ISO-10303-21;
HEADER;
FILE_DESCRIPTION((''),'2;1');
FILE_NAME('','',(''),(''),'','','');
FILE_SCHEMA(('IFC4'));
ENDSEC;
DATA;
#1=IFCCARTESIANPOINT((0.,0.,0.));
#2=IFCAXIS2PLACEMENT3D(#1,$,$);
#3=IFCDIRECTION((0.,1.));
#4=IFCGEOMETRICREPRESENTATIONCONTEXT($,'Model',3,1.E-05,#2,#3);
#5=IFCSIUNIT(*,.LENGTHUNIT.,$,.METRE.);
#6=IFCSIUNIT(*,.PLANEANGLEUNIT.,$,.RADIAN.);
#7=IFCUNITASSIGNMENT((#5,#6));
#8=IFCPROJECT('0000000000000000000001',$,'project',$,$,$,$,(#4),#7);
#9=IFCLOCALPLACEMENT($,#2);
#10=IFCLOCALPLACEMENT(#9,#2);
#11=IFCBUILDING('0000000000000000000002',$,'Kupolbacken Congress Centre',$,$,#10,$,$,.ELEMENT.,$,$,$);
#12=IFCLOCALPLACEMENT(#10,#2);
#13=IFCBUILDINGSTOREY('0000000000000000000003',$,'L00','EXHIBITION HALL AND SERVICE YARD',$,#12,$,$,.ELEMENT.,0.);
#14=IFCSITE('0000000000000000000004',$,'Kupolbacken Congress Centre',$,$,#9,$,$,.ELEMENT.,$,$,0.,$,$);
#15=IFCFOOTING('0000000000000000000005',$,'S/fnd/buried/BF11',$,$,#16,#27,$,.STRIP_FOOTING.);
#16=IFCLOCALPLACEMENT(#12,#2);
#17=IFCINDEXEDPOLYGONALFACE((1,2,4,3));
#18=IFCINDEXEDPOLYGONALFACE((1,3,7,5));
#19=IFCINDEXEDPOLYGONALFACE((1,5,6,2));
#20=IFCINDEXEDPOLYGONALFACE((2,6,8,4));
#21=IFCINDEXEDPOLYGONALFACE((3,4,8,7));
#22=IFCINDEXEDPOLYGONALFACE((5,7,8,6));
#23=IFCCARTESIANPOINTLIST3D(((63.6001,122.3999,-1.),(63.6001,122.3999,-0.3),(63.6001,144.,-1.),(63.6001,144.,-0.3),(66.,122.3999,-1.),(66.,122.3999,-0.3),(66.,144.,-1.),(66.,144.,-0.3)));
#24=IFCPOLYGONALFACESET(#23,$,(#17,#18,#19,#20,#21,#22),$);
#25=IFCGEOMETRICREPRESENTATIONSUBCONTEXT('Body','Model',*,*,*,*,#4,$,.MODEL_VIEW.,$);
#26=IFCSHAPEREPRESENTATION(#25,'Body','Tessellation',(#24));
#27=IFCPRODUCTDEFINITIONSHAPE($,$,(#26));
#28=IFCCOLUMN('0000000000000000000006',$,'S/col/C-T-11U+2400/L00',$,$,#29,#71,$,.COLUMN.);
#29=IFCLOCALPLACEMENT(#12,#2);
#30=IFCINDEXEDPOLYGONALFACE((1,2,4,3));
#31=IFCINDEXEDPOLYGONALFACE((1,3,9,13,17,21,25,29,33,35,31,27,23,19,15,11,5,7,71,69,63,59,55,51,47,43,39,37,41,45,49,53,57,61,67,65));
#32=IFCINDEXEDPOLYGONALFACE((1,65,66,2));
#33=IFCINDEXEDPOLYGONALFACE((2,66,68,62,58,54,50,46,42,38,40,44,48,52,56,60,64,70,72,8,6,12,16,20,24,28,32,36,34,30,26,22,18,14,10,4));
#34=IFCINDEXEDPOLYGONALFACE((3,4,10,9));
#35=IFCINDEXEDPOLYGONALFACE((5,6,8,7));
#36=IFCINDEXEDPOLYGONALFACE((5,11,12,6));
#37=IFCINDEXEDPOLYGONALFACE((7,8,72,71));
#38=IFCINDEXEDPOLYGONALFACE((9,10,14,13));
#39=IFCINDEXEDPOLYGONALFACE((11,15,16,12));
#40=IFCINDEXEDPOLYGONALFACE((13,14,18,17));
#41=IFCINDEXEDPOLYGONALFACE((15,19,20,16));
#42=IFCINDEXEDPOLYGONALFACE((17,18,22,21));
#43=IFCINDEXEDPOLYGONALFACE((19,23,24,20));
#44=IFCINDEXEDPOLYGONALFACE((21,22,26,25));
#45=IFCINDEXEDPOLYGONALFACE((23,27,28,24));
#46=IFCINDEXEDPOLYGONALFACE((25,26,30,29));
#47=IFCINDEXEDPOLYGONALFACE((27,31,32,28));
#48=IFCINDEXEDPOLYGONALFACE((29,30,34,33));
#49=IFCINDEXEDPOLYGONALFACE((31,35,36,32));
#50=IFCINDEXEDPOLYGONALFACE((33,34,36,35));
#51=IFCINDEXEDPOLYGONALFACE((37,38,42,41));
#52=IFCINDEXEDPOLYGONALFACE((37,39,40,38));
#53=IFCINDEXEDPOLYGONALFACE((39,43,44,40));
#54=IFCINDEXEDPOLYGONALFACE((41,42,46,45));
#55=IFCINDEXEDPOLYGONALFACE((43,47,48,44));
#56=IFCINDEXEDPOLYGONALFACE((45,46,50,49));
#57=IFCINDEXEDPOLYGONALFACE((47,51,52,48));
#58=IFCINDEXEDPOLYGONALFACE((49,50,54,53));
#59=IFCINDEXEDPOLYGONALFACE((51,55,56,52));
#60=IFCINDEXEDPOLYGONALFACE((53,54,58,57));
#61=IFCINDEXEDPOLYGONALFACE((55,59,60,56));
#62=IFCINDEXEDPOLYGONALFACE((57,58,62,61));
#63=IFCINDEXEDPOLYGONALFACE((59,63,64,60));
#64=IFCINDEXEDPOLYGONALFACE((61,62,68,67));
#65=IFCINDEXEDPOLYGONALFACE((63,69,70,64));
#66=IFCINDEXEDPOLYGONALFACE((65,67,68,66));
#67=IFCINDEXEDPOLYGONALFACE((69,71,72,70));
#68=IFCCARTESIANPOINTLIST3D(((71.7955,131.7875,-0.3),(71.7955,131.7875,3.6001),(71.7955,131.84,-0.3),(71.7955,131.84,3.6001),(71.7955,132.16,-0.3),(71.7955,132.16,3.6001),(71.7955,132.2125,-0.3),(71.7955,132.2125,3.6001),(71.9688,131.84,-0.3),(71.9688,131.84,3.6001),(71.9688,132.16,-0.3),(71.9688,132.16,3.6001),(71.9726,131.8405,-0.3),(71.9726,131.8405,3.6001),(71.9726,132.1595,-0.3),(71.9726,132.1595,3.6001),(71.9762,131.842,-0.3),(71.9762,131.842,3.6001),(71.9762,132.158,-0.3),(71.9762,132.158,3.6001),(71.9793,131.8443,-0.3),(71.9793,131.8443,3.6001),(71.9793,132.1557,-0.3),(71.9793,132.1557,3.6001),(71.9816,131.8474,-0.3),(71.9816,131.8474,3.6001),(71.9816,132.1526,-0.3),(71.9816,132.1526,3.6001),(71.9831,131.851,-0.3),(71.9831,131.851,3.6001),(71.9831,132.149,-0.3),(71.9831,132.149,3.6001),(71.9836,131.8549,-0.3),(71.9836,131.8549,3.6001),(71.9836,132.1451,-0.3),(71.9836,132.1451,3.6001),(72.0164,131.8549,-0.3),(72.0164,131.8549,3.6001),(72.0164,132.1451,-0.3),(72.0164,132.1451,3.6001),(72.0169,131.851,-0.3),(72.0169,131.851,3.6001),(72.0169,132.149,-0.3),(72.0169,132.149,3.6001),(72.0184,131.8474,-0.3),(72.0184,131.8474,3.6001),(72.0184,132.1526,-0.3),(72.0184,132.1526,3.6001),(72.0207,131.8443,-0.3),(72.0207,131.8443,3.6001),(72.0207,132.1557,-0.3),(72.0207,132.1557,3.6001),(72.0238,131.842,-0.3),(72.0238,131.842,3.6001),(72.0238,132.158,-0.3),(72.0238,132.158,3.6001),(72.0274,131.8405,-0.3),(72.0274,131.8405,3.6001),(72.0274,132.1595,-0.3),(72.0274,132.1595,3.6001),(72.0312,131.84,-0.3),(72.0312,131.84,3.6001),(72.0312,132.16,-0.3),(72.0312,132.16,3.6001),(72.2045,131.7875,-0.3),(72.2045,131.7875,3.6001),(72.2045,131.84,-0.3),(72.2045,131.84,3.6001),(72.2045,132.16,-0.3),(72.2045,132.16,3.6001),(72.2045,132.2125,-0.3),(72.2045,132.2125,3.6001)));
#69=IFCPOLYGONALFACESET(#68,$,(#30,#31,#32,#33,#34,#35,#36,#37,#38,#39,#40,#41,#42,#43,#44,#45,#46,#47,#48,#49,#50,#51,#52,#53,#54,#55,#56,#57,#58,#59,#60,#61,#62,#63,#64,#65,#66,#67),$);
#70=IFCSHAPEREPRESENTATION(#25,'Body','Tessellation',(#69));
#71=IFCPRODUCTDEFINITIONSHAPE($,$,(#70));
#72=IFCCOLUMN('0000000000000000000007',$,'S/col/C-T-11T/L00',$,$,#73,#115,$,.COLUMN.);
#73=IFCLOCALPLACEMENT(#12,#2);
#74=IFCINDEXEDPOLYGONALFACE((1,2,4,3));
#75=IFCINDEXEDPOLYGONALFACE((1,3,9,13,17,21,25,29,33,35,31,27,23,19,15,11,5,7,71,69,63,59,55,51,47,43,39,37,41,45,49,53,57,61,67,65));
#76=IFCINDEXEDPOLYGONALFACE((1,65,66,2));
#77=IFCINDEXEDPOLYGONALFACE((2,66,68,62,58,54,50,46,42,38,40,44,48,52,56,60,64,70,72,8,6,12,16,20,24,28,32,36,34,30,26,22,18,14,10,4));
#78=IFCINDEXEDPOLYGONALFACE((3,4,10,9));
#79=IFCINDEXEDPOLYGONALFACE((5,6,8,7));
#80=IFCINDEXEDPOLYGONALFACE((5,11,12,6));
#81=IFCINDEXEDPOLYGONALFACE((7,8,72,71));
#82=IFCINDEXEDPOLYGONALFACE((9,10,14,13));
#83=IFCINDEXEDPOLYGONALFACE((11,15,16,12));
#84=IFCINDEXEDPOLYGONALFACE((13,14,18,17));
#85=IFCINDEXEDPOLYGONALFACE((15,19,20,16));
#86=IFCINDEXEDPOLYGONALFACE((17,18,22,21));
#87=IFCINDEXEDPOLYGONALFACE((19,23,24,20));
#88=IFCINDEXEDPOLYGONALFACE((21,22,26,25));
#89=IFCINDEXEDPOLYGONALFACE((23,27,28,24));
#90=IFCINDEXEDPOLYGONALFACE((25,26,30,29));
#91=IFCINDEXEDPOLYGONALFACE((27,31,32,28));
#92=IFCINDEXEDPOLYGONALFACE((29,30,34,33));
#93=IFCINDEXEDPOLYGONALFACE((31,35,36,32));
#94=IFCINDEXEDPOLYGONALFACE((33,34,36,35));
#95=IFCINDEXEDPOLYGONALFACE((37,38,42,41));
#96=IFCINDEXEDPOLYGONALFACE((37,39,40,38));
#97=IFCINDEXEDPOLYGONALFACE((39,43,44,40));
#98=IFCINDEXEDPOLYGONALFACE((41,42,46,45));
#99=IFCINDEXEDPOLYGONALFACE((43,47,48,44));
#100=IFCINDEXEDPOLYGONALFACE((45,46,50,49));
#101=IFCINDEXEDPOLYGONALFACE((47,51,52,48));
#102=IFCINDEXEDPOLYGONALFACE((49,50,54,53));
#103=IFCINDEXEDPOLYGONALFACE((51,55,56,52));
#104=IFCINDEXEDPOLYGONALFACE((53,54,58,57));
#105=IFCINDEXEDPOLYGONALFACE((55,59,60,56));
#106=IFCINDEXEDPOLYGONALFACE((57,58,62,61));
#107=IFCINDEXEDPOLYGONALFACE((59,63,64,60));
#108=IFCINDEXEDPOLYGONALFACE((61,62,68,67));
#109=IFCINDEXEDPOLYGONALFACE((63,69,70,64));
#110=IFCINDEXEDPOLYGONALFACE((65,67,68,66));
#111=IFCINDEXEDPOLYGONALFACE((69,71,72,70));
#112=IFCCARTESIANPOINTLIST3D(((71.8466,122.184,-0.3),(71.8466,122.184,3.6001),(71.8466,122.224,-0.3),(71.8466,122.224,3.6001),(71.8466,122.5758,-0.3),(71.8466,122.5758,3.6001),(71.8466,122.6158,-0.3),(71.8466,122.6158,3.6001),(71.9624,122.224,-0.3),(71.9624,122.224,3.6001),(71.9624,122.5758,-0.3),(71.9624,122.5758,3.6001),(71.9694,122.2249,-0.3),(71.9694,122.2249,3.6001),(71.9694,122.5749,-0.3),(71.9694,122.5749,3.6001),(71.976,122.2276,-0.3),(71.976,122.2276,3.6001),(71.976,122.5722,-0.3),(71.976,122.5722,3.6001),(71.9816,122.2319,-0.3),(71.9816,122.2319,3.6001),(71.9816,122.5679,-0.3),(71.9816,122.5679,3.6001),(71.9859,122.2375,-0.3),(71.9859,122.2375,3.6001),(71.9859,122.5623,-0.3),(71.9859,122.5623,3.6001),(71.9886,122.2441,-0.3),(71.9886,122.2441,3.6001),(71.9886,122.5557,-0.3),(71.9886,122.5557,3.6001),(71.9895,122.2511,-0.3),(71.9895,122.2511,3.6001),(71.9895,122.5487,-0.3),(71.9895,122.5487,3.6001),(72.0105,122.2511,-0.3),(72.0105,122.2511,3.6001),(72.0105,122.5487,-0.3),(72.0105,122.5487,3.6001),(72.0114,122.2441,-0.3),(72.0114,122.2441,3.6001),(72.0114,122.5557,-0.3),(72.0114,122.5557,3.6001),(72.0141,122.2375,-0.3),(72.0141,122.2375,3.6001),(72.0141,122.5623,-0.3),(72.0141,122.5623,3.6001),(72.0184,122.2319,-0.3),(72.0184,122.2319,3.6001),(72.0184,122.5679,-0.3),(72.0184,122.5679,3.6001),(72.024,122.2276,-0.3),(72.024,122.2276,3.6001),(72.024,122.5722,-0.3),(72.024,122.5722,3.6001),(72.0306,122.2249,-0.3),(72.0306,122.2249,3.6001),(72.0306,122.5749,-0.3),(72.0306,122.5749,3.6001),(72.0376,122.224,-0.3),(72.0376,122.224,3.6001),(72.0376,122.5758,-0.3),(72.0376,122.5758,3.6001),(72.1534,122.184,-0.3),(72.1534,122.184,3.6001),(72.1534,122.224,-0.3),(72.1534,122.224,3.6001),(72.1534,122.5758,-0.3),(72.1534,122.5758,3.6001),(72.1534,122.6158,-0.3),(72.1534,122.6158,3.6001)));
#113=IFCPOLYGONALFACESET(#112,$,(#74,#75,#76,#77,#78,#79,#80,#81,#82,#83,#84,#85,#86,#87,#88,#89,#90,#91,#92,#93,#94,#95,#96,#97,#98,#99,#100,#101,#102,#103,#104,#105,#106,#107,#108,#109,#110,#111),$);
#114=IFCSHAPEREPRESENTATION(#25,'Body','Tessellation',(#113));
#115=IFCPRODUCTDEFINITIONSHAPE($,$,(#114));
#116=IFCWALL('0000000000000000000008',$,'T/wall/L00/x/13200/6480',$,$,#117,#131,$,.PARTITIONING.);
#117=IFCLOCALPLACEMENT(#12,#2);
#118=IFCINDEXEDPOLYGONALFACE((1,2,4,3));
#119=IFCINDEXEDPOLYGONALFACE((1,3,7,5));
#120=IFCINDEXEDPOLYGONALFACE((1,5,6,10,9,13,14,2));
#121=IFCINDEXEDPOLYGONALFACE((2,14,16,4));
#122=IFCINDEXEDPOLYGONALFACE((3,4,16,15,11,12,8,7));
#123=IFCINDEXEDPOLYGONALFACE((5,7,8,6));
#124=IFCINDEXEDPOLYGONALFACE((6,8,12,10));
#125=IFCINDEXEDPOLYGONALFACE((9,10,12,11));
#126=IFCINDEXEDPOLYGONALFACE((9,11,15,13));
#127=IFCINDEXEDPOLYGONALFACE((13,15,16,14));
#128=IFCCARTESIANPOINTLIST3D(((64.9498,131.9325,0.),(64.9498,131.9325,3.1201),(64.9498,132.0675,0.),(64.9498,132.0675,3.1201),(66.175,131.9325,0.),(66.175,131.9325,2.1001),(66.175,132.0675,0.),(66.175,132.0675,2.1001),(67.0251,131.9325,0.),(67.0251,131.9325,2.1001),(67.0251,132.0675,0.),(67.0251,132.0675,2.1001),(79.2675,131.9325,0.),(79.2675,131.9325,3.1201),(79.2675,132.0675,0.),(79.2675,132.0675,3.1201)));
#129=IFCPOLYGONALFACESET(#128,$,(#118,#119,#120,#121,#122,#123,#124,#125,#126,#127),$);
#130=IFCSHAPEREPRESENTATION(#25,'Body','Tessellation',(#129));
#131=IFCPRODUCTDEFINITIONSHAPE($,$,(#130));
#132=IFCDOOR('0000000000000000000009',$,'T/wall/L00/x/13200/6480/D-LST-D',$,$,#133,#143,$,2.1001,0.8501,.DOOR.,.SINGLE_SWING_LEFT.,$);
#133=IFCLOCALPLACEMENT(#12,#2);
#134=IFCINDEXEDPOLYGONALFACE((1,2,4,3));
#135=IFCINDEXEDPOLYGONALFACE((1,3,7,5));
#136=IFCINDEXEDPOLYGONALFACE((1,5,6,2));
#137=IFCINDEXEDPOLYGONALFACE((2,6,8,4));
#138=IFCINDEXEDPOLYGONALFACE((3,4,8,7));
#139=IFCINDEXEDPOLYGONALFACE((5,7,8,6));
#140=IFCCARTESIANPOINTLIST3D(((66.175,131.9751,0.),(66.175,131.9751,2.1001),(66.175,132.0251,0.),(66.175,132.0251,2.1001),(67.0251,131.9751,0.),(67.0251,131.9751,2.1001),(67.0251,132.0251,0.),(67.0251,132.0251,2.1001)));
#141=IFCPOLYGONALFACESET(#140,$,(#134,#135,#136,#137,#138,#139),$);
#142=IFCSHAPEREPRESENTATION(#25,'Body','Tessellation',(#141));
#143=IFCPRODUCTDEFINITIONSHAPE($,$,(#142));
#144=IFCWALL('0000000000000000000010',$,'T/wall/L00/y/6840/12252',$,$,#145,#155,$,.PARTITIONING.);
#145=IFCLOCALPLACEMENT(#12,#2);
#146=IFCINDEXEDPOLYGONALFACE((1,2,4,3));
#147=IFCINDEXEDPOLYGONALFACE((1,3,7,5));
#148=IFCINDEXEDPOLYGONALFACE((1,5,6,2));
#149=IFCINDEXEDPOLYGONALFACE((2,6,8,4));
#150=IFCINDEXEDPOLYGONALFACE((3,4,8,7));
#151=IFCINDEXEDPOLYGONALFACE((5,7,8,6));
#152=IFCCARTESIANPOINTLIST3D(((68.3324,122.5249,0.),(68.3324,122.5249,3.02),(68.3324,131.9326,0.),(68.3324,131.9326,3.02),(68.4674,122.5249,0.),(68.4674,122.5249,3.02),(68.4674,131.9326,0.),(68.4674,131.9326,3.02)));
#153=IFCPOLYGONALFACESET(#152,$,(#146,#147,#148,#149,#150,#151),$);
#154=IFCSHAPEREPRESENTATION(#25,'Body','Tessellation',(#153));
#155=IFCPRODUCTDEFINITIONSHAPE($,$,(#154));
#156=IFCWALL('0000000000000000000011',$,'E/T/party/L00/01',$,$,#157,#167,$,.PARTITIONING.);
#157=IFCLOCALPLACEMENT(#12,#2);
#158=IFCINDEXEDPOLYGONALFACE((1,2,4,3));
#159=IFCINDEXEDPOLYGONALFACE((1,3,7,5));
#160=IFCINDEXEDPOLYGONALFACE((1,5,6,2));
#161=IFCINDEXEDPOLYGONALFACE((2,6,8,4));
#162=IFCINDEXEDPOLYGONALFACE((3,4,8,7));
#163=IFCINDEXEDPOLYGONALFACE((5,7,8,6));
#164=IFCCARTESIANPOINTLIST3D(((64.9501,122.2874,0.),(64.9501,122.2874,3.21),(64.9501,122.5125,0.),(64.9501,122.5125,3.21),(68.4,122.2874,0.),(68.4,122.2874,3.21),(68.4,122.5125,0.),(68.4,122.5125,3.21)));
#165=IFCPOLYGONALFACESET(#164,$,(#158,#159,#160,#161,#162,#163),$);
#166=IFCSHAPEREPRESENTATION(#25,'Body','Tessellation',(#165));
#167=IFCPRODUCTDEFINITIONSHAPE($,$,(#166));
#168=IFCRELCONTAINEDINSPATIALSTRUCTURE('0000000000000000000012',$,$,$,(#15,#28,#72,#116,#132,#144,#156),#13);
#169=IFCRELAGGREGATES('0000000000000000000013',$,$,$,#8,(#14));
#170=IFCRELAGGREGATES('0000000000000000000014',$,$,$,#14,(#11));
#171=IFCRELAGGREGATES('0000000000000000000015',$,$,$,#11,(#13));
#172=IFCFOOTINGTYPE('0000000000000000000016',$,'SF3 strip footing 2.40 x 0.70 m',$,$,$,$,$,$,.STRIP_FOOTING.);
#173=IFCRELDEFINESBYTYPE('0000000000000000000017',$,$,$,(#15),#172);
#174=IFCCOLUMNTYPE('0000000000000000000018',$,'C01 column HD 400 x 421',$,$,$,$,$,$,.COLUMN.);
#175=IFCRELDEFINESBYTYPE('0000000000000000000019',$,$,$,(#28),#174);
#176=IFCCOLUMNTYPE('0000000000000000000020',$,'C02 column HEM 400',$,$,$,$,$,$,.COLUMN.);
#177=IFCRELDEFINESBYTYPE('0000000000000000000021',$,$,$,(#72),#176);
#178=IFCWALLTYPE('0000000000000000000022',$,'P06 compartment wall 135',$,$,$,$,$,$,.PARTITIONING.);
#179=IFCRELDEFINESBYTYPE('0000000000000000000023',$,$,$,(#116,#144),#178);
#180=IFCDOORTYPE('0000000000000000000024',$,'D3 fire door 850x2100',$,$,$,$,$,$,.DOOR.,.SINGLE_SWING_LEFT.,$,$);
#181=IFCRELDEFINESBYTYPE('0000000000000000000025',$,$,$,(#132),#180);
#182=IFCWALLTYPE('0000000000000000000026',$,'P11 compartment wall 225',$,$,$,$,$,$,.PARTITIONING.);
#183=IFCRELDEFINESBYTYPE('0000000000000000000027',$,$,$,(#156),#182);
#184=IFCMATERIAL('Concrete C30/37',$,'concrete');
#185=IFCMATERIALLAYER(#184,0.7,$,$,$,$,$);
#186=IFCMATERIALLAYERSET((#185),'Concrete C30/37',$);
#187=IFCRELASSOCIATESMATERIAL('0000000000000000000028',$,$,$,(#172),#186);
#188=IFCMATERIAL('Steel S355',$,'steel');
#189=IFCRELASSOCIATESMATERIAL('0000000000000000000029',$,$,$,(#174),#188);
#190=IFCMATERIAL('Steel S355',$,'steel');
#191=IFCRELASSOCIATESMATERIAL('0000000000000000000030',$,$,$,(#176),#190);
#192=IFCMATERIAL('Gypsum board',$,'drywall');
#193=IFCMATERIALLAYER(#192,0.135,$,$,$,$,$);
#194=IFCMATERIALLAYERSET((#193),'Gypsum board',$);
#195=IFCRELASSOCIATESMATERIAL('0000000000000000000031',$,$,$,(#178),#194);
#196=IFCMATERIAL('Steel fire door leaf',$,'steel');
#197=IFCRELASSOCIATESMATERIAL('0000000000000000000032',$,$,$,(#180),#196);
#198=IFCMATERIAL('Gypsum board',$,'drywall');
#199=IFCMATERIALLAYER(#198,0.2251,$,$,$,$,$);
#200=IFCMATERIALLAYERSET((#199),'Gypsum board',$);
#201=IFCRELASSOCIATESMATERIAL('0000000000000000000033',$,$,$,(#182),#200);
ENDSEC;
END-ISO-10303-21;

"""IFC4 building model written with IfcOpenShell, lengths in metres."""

from ifc_helpers import new_model, si_unit, direction, frame, frame_2d, origin, origin_2d, place, context, subcontext, project, spatial, rectangle, i_section, extrude, material, layer, layer_set, material_profile, profile_set, type_object, element, fill, save


model = new_model("IFC4")

# Units and contexts
model_context = context("Model", 3, precision=1e-05, world=origin(), true_north=direction((0.0, 1.0)))
body_context = subcontext(model_context, "Body", "Model", "MODEL_VIEW")
ifc_project = project(units=[si_unit("LENGTHUNIT", "METRE"), si_unit("PLANEANGLEUNIT", "RADIAN")], contexts=[model_context])

# Site, building, storey
site_placement = place(None, origin())
site = spatial("IfcSite", under=ifc_project, at=site_placement, Name="Kupolbacken Congress Centre", CompositionType="ELEMENT", RefElevation=0.0)
building_placement = place(site_placement, origin())
building = spatial("IfcBuilding", under=site, at=building_placement, Name="Kupolbacken Congress Centre", CompositionType="ELEMENT")
storey_placement = place(building_placement, origin())
storey = spatial("IfcBuildingStorey", under=building, at=storey_placement, Name="L00", Description="EXHIBITION HALL AND SERVICE YARD", CompositionType="ELEMENT", Elevation=0.0)

# Footing
ifc_material_1 = material(Name="Concrete C30/37", Category="concrete")
ifc_layer_1 = layer(ifc_material_1, 0.7)
ifc_layer_set_1 = layer_set([ifc_layer_1], Name="Concrete C30/37")
footing_type_1 = type_object("IfcFootingType", Name="SF3 strip footing 2.40 x 0.70 m", PredefinedType="STRIP_FOOTING", material=ifc_layer_set_1)
footing_1_placement = place(storey_placement, frame((64.8, 133.2, -1.0), z_axis=(0.0, 0.0, 1.0), x_axis=(0.0, 1.0, 0.0)))
element("IfcFooting", 1, at=footing_1_placement, inside=storey, type_object=footing_type_1, Name="S/fnd/buried/BF11", PredefinedType="STRIP_FOOTING", context=body_context, shape_type="SweptSolid", body=[
    extrude(rectangle(XDim=21.6001, YDim=2.3999, at=origin_2d()), origin(), (0.0, 0.0, 1.0), 0.7),
])

# Columns
ifc_material_2 = material(Name="Steel S355", Category="steel")
ifc_material_profile_1 = material_profile(ifc_material_2, i_section(OverallWidth=0.4089, OverallDepth=0.425, WebThickness=0.0327, FlangeThickness=0.0525, FilletRadius=0.0149, at=origin_2d()), Name="HD 400 x 421")
ifc_profile_set_1 = profile_set([ifc_material_profile_1], Name="Steel S355")
column_type_1 = type_object("IfcColumnType", Name="C01 column HD 400 x 421", PredefinedType="COLUMN", material=ifc_profile_set_1)
column_1_placement = place(storey_placement, frame((72.0, 132.0, -0.3), z_axis=(0.0, 0.0, 1.0), x_axis=(1.0, 0.0, 0.0)))
element("IfcColumn", 2, at=column_1_placement, inside=storey, type_object=column_type_1, Name="S/col/C-T-11U+2400/L00", PredefinedType="COLUMN", context=body_context, shape_type="SweptSolid", body=[
    extrude(i_section(OverallWidth=0.4089, OverallDepth=0.425, WebThickness=0.0327, FlangeThickness=0.0525, FilletRadius=0.0149, at=origin_2d()), origin(), (0.0, 0.0, 1.0), 3.9001),
])
ifc_material_3 = material(Name="Steel S355", Category="steel")
ifc_material_profile_2 = material_profile(ifc_material_3, i_section(OverallWidth=0.3069, OverallDepth=0.4319, WebThickness=0.021, FlangeThickness=0.04, FilletRadius=0.0271, at=origin_2d()), Name="HEM 400")
ifc_profile_set_2 = profile_set([ifc_material_profile_2], Name="Steel S355")
column_type_2 = type_object("IfcColumnType", Name="C02 column HEM 400", PredefinedType="COLUMN", material=ifc_profile_set_2)
column_2_placement = place(storey_placement, frame((72.0, 122.3999, -0.3), z_axis=(0.0, 0.0, 1.0), x_axis=(1.0, 0.0, 0.0)))
element("IfcColumn", 3, at=column_2_placement, inside=storey, type_object=column_type_2, Name="S/col/C-T-11T/L00", PredefinedType="COLUMN", context=body_context, shape_type="SweptSolid", body=[
    extrude(i_section(OverallWidth=0.3069, OverallDepth=0.4319, WebThickness=0.021, FlangeThickness=0.04, FilletRadius=0.0271, at=origin_2d()), origin(), (0.0, 0.0, 1.0), 3.9001),
])

# Wall, opening, door
ifc_material_4 = material(Name="Gypsum board", Category="drywall")
ifc_layer_2 = layer(ifc_material_4, 0.135)
ifc_layer_set_2 = layer_set([ifc_layer_2], Name="Gypsum board")
wall_type_1 = type_object("IfcWallType", Name="P06 compartment wall 135", PredefinedType="PARTITIONING", material=ifc_layer_set_2)
wall_1_placement = place(storey_placement, frame((64.95, 132.0, 0.0), z_axis=(0.0, 0.0, 1.0), x_axis=(1.0, 0.0, 0.0)))
wall_1 = element("IfcWall", 4, at=wall_1_placement, inside=storey, type_object=wall_type_1, Name="T/wall/L00/x/13200/6480", PredefinedType="PARTITIONING", context=body_context, shape_type="SweptSolid", body=[
    extrude(rectangle(XDim=14.3176, YDim=0.135, at=frame_2d((7.1587, 0.0))), origin(), (0.0, 0.0, 1.0), 3.1201),
])
opening_placement = place(wall_1_placement, frame((1.2251, 0.0, 0.0)))
opening = element("IfcOpeningElement", 5, at=opening_placement, cuts=wall_1, PredefinedType="OPENING", context=body_context, shape_type="SweptSolid", body=[
    extrude(rectangle(XDim=0.8501, YDim=2.1001, at=frame_2d((0.425, 1.05))), frame((0.0, 0.0774, 0.0), z_axis=(0.0, -1.0, 0.0), x_axis=(1.0, 0.0, 0.0)), (0.0, 0.0, 1.0), 0.155),
])
ifc_material_5 = material(Name="Steel fire door leaf", Category="steel")
door_type = type_object("IfcDoorType", Name="D3 fire door 850x2100", OperationType="SINGLE_SWING_LEFT", PredefinedType="DOOR", material=ifc_material_5)
door_placement = place(opening_placement, frame((0.8501, 0.0, 0.0), z_axis=(0.0, 0.0, 1.0), x_axis=(-1.0, 0.0, 0.0)))
door = element("IfcDoor", 6, at=door_placement, inside=storey, type_object=door_type, Name="T/wall/L00/x/13200/6480/D-LST-D", OperationType="SINGLE_SWING_LEFT", OverallHeight=2.1001, OverallWidth=0.8501, PredefinedType="DOOR", context=body_context, shape_type="SweptSolid", body=[
    extrude(rectangle(XDim=0.8501, YDim=2.1001, at=frame_2d((0.425, 1.05))), frame((0.0, 0.0249, 0.0), z_axis=(0.0, -1.0, 0.0), x_axis=(1.0, 0.0, 0.0)), (0.0, 0.0, 1.0), 0.05),
])
fill(opening, door)

# Walls
wall_2_placement = place(storey_placement, frame((68.3999, 122.5249, 0.0), z_axis=(0.0, 0.0, 1.0), x_axis=(0.0, 1.0, 0.0)))
element("IfcWall", 7, at=wall_2_placement, inside=storey, type_object=wall_type_1, Name="T/wall/L00/y/6840/12252", PredefinedType="PARTITIONING", context=body_context, shape_type="SweptSolid", body=[
    extrude(rectangle(XDim=9.4077, YDim=0.135, at=frame_2d((4.7039, 0.0))), origin(), (0.0, 0.0, 1.0), 3.02),
])
ifc_material_6 = material(Name="Gypsum board", Category="drywall")
ifc_layer_3 = layer(ifc_material_6, 0.2251)
ifc_layer_set_3 = layer_set([ifc_layer_3], Name="Gypsum board")
wall_type_2 = type_object("IfcWallType", Name="P11 compartment wall 225", PredefinedType="PARTITIONING", material=ifc_layer_set_3)
wall_3_placement = place(storey_placement, frame((64.95, 122.3999, 0.0), z_axis=(0.0, 0.0, 1.0), x_axis=(1.0, 0.0, 0.0)))
element("IfcWall", 8, at=wall_3_placement, inside=storey, type_object=wall_type_2, Name="E/T/party/L00/01", PredefinedType="PARTITIONING", context=body_context, shape_type="SweptSolid", body=[
    extrude(rectangle(XDim=3.45, YDim=0.2251, at=frame_2d((1.7251, 0.0))), origin(), (0.0, 0.0, 1.0), 3.21),
])

save(model, "model.ifc")
